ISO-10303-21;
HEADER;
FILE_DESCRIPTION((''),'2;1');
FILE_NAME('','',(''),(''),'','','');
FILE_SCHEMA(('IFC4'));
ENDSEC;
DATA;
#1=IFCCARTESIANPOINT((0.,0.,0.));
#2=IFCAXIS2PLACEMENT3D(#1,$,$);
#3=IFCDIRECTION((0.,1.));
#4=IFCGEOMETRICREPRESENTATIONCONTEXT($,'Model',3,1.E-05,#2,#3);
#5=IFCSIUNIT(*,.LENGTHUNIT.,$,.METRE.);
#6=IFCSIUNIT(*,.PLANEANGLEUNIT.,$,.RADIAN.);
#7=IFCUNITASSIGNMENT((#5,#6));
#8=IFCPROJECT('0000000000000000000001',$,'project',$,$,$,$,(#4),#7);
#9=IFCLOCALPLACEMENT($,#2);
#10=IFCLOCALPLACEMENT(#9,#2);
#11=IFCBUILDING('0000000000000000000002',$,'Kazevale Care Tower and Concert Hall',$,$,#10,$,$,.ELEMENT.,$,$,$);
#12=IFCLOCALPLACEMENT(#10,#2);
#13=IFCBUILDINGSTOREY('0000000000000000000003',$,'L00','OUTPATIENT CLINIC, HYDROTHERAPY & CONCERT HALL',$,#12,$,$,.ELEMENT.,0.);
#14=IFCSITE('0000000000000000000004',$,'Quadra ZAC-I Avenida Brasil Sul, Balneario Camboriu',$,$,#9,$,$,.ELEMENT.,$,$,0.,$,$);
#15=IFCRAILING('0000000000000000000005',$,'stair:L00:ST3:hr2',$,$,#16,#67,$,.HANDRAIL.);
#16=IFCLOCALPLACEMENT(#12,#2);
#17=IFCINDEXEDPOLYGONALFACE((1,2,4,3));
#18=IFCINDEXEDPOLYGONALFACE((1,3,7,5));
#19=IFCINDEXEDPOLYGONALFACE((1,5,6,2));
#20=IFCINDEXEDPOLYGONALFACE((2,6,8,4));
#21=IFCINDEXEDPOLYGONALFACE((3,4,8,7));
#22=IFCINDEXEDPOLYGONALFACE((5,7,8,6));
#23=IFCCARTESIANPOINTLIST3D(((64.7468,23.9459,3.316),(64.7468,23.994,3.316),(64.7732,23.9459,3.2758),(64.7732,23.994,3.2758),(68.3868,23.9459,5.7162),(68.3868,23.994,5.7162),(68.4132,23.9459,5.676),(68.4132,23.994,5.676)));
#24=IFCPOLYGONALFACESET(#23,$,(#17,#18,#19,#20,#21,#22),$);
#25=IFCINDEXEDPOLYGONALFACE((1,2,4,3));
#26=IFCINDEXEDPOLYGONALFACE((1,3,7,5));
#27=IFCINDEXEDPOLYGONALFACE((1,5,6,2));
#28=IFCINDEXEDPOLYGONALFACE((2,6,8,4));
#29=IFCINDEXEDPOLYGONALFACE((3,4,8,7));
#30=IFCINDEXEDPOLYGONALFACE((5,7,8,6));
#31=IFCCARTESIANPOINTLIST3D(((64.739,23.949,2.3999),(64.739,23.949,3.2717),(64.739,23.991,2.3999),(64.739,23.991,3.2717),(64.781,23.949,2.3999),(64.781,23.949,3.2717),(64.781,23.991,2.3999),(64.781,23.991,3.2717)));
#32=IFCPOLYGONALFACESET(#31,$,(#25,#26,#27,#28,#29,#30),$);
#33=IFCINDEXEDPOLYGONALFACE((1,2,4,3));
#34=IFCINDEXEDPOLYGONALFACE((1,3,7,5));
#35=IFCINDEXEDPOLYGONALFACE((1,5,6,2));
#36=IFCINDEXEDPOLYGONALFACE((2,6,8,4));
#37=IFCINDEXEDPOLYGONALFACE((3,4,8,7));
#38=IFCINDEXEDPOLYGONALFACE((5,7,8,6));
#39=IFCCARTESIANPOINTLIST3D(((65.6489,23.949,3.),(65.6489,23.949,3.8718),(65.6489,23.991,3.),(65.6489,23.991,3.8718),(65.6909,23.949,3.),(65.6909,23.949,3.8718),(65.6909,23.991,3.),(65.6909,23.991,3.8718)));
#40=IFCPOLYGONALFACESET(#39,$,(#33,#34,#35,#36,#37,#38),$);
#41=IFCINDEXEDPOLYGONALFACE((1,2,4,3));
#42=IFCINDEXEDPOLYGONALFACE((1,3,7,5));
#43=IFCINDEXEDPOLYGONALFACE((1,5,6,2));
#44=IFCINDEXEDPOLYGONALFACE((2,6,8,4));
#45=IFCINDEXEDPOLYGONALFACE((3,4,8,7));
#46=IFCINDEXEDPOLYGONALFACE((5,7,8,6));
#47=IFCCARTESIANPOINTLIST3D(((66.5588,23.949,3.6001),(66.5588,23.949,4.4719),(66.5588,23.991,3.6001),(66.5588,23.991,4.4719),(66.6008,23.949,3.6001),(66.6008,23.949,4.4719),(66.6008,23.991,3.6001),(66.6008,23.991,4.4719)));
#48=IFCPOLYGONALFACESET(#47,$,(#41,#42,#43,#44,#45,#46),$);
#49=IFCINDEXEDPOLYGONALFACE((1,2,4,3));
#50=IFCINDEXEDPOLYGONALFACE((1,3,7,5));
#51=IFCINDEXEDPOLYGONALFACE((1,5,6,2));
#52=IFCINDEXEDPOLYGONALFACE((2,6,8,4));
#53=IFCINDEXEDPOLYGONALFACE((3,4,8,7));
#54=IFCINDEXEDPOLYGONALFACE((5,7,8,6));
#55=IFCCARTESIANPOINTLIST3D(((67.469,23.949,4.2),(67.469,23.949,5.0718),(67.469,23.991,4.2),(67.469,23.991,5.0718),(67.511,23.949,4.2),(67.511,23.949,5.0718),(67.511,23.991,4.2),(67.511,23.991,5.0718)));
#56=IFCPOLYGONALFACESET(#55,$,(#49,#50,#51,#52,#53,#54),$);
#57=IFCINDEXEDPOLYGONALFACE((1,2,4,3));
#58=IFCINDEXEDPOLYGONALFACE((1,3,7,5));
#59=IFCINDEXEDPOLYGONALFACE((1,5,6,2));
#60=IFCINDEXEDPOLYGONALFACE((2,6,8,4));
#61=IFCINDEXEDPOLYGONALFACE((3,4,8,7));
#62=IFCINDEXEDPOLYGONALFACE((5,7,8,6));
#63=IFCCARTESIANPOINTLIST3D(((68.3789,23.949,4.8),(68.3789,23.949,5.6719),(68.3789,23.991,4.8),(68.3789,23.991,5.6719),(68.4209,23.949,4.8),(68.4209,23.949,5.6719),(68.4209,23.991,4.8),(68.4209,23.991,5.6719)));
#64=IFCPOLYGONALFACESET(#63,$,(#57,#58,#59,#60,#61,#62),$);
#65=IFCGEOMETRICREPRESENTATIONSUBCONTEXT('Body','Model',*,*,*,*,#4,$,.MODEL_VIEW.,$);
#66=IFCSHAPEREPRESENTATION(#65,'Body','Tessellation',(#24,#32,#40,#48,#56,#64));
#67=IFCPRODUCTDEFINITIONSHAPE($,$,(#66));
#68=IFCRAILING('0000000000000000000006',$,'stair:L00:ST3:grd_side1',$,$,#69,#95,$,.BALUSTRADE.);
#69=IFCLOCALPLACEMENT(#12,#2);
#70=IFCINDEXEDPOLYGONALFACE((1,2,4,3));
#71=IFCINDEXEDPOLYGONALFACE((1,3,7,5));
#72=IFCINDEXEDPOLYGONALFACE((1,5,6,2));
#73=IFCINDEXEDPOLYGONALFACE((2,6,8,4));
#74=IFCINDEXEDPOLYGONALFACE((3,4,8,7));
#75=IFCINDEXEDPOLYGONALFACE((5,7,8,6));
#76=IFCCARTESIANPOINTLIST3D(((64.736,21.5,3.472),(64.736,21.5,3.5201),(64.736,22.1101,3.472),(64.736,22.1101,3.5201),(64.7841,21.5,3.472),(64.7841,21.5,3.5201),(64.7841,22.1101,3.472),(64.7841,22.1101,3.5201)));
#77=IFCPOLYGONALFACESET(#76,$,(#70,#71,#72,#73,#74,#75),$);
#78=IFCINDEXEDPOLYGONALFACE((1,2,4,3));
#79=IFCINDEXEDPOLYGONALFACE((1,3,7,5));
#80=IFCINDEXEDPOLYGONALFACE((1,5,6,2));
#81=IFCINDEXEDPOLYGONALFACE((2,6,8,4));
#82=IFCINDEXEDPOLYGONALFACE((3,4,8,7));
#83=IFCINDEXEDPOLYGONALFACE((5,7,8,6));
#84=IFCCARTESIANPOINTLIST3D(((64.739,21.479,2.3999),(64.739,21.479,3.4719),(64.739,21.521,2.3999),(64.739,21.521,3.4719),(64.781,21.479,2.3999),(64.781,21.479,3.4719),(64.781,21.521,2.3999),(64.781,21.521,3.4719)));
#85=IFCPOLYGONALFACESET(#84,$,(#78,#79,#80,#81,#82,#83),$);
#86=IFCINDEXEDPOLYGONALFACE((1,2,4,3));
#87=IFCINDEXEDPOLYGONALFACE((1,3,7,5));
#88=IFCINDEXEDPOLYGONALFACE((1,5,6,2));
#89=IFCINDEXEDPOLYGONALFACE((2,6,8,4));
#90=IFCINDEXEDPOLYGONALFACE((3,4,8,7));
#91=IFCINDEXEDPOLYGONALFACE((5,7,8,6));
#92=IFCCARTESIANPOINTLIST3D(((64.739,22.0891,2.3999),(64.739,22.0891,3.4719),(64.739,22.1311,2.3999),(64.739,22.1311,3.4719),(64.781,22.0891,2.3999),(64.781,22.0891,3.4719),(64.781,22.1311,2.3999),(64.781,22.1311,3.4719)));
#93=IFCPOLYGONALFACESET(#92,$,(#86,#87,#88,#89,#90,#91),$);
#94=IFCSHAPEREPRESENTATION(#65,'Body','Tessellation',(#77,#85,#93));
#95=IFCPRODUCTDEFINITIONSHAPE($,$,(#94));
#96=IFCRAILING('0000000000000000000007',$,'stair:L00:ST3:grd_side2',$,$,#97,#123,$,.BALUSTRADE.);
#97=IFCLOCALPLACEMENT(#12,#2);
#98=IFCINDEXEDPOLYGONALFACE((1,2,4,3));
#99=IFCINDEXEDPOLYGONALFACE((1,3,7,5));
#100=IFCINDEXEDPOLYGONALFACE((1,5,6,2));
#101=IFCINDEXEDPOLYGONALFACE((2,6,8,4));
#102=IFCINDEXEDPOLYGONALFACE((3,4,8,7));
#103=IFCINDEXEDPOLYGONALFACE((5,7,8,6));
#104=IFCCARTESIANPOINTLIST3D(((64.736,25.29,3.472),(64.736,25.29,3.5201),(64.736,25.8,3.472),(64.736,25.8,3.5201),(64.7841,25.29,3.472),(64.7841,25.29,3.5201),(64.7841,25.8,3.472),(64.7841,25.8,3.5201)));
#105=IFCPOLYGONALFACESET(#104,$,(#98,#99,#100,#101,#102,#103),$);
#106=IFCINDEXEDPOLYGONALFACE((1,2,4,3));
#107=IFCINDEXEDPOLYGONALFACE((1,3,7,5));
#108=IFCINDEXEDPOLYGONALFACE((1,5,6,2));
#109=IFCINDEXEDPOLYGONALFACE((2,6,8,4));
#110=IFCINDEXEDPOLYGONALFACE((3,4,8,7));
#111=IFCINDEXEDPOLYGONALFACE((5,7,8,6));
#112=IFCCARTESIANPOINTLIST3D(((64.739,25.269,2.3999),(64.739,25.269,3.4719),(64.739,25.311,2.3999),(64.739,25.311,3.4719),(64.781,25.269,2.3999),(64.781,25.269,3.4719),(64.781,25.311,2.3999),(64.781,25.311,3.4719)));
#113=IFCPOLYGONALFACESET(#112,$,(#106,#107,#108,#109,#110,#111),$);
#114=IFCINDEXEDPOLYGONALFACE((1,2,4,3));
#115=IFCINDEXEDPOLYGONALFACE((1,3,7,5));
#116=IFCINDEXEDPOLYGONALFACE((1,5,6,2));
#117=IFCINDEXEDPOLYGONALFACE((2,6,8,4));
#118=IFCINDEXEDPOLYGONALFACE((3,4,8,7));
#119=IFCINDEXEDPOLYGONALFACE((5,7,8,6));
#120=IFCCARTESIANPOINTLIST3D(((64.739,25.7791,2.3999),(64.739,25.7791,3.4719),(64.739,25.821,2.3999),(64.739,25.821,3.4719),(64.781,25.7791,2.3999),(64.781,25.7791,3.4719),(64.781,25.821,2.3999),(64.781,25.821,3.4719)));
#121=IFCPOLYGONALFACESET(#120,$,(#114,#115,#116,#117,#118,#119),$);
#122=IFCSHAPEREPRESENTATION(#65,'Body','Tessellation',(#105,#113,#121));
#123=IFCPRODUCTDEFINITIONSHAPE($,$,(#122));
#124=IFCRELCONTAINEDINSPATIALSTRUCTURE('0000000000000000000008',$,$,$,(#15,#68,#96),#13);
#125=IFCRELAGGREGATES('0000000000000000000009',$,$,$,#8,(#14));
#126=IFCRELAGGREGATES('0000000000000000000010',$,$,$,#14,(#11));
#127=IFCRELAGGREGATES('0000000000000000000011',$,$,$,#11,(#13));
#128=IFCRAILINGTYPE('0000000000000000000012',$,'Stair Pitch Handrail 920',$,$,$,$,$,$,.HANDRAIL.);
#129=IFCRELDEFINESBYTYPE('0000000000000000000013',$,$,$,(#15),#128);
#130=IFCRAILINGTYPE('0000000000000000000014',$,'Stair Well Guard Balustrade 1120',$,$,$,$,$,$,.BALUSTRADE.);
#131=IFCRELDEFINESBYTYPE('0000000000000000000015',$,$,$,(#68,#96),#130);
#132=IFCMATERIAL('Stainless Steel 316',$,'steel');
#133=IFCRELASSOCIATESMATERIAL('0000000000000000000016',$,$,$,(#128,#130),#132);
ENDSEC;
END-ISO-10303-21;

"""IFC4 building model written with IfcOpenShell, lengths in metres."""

from ifc_helpers import new_model, si_unit, direction, frame, origin, origin_2d, place, context, subcontext, project, spatial, rectangle, extrude, material, type_object, element, save


model = new_model("IFC4")

# Units and contexts
model_context = context("Model", 3, precision=1e-05, world=origin(), true_north=direction((0.0, 1.0)))
body_context = subcontext(model_context, "Body", "Model", "MODEL_VIEW")
ifc_project = project(units=[si_unit("LENGTHUNIT", "METRE"), si_unit("PLANEANGLEUNIT", "RADIAN")], contexts=[model_context])

# Site, building, storey
site_placement = place(None, origin())
site = spatial("IfcSite", under=ifc_project, at=site_placement, Name="Quadra ZAC-I Avenida Brasil Sul, Balneario Camboriu", CompositionType="ELEMENT", RefElevation=0.0)
building_placement = place(site_placement, origin())
building = spatial("IfcBuilding", under=site, at=building_placement, Name="Kazevale Care Tower and Concert Hall", CompositionType="ELEMENT")
storey_placement = place(building_placement, origin())
storey = spatial("IfcBuildingStorey", under=building, at=storey_placement, Name="L00", Description="OUTPATIENT CLINIC, HYDROTHERAPY & CONCERT HALL", CompositionType="ELEMENT", Elevation=0.0)

# Railings
ifc_material_1 = material(Name="Stainless Steel 316", Category="steel")
railing_type_1 = type_object("IfcRailingType", Name="Stair Pitch Handrail 920", PredefinedType="HANDRAIL", material=ifc_material_1)
railing_1_placement = place(storey_placement, frame((64.76, 23.97, 2.3999)))
element("IfcRailing", 1, at=railing_1_placement, inside=storey, type_object=railing_type_1, Name="stair:L00:ST3:hr2", PredefinedType="HANDRAIL", context=body_context, shape_type="SweptSolid", body=[
    extrude(rectangle(XDim=0.0481, YDim=0.0481, at=origin_2d()), frame((0.0, 0.0, 0.896), z_axis=(0.834839, 0.0, 0.550493), x_axis=(0.0, 1.0, 0.0)), (0.0, 0.0, 1.0), 4.3601),
    extrude(rectangle(XDim=0.042, YDim=0.042, at=origin_2d()), origin(), (0.0, 0.0, 1.0), 0.8718),
    extrude(rectangle(XDim=0.042, YDim=0.042, at=origin_2d()), frame((0.9099, 0.0, 0.6001)), (0.0, 0.0, 1.0), 0.8718),
    extrude(rectangle(XDim=0.042, YDim=0.042, at=origin_2d()), frame((1.8198, 0.0, 1.2002)), (0.0, 0.0, 1.0), 0.8718),
    extrude(rectangle(XDim=0.042, YDim=0.042, at=origin_2d()), frame((2.73, 0.0, 1.8)), (0.0, 0.0, 1.0), 0.8718),
    extrude(rectangle(XDim=0.042, YDim=0.042, at=origin_2d()), frame((3.6399, 0.0, 2.4001)), (0.0, 0.0, 1.0), 0.8718),
])
railing_type_2 = type_object("IfcRailingType", Name="Stair Well Guard Balustrade 1120", PredefinedType="BALUSTRADE", material=ifc_material_1)
railing_2_placement = place(storey_placement, frame((64.76, 21.5, 2.3999)))
element("IfcRailing", 2, at=railing_2_placement, inside=storey, type_object=railing_type_2, Name="stair:L00:ST3:grd_side1", PredefinedType="BALUSTRADE", context=body_context, shape_type="SweptSolid", body=[
    extrude(rectangle(XDim=0.0481, YDim=0.0481, at=origin_2d()), frame((0.0, 0.0, 1.0962), z_axis=(0.0, 1.0, 0.0), x_axis=(-1.0, 0.0, 0.0)), (0.0, 0.0, 1.0), 0.6101),
    extrude(rectangle(XDim=0.042, YDim=0.042, at=origin_2d()), origin(), (0.0, 0.0, 1.0), 1.072),
    extrude(rectangle(XDim=0.042, YDim=0.042, at=origin_2d()), frame((0.0, 0.6101, 0.0)), (0.0, 0.0, 1.0), 1.072),
])
railing_3_placement = place(storey_placement, frame((64.76, 25.29, 2.3999)))
element("IfcRailing", 3, at=railing_3_placement, inside=storey, type_object=railing_type_2, Name="stair:L00:ST3:grd_side2", PredefinedType="BALUSTRADE", context=body_context, shape_type="SweptSolid", body=[
    extrude(rectangle(XDim=0.0481, YDim=0.0481, at=origin_2d()), frame((0.0, 0.0, 1.0962), z_axis=(0.0, 1.0, 0.0), x_axis=(-1.0, 0.0, 0.0)), (0.0, 0.0, 1.0), 0.51),
    extrude(rectangle(XDim=0.042, YDim=0.042, at=origin_2d()), origin(), (0.0, 0.0, 1.0), 1.072),
    extrude(rectangle(XDim=0.042, YDim=0.042, at=origin_2d()), frame((0.0, 0.51, 0.0)), (0.0, 0.0, 1.0), 1.072),
])

save(model, "model.ifc")
